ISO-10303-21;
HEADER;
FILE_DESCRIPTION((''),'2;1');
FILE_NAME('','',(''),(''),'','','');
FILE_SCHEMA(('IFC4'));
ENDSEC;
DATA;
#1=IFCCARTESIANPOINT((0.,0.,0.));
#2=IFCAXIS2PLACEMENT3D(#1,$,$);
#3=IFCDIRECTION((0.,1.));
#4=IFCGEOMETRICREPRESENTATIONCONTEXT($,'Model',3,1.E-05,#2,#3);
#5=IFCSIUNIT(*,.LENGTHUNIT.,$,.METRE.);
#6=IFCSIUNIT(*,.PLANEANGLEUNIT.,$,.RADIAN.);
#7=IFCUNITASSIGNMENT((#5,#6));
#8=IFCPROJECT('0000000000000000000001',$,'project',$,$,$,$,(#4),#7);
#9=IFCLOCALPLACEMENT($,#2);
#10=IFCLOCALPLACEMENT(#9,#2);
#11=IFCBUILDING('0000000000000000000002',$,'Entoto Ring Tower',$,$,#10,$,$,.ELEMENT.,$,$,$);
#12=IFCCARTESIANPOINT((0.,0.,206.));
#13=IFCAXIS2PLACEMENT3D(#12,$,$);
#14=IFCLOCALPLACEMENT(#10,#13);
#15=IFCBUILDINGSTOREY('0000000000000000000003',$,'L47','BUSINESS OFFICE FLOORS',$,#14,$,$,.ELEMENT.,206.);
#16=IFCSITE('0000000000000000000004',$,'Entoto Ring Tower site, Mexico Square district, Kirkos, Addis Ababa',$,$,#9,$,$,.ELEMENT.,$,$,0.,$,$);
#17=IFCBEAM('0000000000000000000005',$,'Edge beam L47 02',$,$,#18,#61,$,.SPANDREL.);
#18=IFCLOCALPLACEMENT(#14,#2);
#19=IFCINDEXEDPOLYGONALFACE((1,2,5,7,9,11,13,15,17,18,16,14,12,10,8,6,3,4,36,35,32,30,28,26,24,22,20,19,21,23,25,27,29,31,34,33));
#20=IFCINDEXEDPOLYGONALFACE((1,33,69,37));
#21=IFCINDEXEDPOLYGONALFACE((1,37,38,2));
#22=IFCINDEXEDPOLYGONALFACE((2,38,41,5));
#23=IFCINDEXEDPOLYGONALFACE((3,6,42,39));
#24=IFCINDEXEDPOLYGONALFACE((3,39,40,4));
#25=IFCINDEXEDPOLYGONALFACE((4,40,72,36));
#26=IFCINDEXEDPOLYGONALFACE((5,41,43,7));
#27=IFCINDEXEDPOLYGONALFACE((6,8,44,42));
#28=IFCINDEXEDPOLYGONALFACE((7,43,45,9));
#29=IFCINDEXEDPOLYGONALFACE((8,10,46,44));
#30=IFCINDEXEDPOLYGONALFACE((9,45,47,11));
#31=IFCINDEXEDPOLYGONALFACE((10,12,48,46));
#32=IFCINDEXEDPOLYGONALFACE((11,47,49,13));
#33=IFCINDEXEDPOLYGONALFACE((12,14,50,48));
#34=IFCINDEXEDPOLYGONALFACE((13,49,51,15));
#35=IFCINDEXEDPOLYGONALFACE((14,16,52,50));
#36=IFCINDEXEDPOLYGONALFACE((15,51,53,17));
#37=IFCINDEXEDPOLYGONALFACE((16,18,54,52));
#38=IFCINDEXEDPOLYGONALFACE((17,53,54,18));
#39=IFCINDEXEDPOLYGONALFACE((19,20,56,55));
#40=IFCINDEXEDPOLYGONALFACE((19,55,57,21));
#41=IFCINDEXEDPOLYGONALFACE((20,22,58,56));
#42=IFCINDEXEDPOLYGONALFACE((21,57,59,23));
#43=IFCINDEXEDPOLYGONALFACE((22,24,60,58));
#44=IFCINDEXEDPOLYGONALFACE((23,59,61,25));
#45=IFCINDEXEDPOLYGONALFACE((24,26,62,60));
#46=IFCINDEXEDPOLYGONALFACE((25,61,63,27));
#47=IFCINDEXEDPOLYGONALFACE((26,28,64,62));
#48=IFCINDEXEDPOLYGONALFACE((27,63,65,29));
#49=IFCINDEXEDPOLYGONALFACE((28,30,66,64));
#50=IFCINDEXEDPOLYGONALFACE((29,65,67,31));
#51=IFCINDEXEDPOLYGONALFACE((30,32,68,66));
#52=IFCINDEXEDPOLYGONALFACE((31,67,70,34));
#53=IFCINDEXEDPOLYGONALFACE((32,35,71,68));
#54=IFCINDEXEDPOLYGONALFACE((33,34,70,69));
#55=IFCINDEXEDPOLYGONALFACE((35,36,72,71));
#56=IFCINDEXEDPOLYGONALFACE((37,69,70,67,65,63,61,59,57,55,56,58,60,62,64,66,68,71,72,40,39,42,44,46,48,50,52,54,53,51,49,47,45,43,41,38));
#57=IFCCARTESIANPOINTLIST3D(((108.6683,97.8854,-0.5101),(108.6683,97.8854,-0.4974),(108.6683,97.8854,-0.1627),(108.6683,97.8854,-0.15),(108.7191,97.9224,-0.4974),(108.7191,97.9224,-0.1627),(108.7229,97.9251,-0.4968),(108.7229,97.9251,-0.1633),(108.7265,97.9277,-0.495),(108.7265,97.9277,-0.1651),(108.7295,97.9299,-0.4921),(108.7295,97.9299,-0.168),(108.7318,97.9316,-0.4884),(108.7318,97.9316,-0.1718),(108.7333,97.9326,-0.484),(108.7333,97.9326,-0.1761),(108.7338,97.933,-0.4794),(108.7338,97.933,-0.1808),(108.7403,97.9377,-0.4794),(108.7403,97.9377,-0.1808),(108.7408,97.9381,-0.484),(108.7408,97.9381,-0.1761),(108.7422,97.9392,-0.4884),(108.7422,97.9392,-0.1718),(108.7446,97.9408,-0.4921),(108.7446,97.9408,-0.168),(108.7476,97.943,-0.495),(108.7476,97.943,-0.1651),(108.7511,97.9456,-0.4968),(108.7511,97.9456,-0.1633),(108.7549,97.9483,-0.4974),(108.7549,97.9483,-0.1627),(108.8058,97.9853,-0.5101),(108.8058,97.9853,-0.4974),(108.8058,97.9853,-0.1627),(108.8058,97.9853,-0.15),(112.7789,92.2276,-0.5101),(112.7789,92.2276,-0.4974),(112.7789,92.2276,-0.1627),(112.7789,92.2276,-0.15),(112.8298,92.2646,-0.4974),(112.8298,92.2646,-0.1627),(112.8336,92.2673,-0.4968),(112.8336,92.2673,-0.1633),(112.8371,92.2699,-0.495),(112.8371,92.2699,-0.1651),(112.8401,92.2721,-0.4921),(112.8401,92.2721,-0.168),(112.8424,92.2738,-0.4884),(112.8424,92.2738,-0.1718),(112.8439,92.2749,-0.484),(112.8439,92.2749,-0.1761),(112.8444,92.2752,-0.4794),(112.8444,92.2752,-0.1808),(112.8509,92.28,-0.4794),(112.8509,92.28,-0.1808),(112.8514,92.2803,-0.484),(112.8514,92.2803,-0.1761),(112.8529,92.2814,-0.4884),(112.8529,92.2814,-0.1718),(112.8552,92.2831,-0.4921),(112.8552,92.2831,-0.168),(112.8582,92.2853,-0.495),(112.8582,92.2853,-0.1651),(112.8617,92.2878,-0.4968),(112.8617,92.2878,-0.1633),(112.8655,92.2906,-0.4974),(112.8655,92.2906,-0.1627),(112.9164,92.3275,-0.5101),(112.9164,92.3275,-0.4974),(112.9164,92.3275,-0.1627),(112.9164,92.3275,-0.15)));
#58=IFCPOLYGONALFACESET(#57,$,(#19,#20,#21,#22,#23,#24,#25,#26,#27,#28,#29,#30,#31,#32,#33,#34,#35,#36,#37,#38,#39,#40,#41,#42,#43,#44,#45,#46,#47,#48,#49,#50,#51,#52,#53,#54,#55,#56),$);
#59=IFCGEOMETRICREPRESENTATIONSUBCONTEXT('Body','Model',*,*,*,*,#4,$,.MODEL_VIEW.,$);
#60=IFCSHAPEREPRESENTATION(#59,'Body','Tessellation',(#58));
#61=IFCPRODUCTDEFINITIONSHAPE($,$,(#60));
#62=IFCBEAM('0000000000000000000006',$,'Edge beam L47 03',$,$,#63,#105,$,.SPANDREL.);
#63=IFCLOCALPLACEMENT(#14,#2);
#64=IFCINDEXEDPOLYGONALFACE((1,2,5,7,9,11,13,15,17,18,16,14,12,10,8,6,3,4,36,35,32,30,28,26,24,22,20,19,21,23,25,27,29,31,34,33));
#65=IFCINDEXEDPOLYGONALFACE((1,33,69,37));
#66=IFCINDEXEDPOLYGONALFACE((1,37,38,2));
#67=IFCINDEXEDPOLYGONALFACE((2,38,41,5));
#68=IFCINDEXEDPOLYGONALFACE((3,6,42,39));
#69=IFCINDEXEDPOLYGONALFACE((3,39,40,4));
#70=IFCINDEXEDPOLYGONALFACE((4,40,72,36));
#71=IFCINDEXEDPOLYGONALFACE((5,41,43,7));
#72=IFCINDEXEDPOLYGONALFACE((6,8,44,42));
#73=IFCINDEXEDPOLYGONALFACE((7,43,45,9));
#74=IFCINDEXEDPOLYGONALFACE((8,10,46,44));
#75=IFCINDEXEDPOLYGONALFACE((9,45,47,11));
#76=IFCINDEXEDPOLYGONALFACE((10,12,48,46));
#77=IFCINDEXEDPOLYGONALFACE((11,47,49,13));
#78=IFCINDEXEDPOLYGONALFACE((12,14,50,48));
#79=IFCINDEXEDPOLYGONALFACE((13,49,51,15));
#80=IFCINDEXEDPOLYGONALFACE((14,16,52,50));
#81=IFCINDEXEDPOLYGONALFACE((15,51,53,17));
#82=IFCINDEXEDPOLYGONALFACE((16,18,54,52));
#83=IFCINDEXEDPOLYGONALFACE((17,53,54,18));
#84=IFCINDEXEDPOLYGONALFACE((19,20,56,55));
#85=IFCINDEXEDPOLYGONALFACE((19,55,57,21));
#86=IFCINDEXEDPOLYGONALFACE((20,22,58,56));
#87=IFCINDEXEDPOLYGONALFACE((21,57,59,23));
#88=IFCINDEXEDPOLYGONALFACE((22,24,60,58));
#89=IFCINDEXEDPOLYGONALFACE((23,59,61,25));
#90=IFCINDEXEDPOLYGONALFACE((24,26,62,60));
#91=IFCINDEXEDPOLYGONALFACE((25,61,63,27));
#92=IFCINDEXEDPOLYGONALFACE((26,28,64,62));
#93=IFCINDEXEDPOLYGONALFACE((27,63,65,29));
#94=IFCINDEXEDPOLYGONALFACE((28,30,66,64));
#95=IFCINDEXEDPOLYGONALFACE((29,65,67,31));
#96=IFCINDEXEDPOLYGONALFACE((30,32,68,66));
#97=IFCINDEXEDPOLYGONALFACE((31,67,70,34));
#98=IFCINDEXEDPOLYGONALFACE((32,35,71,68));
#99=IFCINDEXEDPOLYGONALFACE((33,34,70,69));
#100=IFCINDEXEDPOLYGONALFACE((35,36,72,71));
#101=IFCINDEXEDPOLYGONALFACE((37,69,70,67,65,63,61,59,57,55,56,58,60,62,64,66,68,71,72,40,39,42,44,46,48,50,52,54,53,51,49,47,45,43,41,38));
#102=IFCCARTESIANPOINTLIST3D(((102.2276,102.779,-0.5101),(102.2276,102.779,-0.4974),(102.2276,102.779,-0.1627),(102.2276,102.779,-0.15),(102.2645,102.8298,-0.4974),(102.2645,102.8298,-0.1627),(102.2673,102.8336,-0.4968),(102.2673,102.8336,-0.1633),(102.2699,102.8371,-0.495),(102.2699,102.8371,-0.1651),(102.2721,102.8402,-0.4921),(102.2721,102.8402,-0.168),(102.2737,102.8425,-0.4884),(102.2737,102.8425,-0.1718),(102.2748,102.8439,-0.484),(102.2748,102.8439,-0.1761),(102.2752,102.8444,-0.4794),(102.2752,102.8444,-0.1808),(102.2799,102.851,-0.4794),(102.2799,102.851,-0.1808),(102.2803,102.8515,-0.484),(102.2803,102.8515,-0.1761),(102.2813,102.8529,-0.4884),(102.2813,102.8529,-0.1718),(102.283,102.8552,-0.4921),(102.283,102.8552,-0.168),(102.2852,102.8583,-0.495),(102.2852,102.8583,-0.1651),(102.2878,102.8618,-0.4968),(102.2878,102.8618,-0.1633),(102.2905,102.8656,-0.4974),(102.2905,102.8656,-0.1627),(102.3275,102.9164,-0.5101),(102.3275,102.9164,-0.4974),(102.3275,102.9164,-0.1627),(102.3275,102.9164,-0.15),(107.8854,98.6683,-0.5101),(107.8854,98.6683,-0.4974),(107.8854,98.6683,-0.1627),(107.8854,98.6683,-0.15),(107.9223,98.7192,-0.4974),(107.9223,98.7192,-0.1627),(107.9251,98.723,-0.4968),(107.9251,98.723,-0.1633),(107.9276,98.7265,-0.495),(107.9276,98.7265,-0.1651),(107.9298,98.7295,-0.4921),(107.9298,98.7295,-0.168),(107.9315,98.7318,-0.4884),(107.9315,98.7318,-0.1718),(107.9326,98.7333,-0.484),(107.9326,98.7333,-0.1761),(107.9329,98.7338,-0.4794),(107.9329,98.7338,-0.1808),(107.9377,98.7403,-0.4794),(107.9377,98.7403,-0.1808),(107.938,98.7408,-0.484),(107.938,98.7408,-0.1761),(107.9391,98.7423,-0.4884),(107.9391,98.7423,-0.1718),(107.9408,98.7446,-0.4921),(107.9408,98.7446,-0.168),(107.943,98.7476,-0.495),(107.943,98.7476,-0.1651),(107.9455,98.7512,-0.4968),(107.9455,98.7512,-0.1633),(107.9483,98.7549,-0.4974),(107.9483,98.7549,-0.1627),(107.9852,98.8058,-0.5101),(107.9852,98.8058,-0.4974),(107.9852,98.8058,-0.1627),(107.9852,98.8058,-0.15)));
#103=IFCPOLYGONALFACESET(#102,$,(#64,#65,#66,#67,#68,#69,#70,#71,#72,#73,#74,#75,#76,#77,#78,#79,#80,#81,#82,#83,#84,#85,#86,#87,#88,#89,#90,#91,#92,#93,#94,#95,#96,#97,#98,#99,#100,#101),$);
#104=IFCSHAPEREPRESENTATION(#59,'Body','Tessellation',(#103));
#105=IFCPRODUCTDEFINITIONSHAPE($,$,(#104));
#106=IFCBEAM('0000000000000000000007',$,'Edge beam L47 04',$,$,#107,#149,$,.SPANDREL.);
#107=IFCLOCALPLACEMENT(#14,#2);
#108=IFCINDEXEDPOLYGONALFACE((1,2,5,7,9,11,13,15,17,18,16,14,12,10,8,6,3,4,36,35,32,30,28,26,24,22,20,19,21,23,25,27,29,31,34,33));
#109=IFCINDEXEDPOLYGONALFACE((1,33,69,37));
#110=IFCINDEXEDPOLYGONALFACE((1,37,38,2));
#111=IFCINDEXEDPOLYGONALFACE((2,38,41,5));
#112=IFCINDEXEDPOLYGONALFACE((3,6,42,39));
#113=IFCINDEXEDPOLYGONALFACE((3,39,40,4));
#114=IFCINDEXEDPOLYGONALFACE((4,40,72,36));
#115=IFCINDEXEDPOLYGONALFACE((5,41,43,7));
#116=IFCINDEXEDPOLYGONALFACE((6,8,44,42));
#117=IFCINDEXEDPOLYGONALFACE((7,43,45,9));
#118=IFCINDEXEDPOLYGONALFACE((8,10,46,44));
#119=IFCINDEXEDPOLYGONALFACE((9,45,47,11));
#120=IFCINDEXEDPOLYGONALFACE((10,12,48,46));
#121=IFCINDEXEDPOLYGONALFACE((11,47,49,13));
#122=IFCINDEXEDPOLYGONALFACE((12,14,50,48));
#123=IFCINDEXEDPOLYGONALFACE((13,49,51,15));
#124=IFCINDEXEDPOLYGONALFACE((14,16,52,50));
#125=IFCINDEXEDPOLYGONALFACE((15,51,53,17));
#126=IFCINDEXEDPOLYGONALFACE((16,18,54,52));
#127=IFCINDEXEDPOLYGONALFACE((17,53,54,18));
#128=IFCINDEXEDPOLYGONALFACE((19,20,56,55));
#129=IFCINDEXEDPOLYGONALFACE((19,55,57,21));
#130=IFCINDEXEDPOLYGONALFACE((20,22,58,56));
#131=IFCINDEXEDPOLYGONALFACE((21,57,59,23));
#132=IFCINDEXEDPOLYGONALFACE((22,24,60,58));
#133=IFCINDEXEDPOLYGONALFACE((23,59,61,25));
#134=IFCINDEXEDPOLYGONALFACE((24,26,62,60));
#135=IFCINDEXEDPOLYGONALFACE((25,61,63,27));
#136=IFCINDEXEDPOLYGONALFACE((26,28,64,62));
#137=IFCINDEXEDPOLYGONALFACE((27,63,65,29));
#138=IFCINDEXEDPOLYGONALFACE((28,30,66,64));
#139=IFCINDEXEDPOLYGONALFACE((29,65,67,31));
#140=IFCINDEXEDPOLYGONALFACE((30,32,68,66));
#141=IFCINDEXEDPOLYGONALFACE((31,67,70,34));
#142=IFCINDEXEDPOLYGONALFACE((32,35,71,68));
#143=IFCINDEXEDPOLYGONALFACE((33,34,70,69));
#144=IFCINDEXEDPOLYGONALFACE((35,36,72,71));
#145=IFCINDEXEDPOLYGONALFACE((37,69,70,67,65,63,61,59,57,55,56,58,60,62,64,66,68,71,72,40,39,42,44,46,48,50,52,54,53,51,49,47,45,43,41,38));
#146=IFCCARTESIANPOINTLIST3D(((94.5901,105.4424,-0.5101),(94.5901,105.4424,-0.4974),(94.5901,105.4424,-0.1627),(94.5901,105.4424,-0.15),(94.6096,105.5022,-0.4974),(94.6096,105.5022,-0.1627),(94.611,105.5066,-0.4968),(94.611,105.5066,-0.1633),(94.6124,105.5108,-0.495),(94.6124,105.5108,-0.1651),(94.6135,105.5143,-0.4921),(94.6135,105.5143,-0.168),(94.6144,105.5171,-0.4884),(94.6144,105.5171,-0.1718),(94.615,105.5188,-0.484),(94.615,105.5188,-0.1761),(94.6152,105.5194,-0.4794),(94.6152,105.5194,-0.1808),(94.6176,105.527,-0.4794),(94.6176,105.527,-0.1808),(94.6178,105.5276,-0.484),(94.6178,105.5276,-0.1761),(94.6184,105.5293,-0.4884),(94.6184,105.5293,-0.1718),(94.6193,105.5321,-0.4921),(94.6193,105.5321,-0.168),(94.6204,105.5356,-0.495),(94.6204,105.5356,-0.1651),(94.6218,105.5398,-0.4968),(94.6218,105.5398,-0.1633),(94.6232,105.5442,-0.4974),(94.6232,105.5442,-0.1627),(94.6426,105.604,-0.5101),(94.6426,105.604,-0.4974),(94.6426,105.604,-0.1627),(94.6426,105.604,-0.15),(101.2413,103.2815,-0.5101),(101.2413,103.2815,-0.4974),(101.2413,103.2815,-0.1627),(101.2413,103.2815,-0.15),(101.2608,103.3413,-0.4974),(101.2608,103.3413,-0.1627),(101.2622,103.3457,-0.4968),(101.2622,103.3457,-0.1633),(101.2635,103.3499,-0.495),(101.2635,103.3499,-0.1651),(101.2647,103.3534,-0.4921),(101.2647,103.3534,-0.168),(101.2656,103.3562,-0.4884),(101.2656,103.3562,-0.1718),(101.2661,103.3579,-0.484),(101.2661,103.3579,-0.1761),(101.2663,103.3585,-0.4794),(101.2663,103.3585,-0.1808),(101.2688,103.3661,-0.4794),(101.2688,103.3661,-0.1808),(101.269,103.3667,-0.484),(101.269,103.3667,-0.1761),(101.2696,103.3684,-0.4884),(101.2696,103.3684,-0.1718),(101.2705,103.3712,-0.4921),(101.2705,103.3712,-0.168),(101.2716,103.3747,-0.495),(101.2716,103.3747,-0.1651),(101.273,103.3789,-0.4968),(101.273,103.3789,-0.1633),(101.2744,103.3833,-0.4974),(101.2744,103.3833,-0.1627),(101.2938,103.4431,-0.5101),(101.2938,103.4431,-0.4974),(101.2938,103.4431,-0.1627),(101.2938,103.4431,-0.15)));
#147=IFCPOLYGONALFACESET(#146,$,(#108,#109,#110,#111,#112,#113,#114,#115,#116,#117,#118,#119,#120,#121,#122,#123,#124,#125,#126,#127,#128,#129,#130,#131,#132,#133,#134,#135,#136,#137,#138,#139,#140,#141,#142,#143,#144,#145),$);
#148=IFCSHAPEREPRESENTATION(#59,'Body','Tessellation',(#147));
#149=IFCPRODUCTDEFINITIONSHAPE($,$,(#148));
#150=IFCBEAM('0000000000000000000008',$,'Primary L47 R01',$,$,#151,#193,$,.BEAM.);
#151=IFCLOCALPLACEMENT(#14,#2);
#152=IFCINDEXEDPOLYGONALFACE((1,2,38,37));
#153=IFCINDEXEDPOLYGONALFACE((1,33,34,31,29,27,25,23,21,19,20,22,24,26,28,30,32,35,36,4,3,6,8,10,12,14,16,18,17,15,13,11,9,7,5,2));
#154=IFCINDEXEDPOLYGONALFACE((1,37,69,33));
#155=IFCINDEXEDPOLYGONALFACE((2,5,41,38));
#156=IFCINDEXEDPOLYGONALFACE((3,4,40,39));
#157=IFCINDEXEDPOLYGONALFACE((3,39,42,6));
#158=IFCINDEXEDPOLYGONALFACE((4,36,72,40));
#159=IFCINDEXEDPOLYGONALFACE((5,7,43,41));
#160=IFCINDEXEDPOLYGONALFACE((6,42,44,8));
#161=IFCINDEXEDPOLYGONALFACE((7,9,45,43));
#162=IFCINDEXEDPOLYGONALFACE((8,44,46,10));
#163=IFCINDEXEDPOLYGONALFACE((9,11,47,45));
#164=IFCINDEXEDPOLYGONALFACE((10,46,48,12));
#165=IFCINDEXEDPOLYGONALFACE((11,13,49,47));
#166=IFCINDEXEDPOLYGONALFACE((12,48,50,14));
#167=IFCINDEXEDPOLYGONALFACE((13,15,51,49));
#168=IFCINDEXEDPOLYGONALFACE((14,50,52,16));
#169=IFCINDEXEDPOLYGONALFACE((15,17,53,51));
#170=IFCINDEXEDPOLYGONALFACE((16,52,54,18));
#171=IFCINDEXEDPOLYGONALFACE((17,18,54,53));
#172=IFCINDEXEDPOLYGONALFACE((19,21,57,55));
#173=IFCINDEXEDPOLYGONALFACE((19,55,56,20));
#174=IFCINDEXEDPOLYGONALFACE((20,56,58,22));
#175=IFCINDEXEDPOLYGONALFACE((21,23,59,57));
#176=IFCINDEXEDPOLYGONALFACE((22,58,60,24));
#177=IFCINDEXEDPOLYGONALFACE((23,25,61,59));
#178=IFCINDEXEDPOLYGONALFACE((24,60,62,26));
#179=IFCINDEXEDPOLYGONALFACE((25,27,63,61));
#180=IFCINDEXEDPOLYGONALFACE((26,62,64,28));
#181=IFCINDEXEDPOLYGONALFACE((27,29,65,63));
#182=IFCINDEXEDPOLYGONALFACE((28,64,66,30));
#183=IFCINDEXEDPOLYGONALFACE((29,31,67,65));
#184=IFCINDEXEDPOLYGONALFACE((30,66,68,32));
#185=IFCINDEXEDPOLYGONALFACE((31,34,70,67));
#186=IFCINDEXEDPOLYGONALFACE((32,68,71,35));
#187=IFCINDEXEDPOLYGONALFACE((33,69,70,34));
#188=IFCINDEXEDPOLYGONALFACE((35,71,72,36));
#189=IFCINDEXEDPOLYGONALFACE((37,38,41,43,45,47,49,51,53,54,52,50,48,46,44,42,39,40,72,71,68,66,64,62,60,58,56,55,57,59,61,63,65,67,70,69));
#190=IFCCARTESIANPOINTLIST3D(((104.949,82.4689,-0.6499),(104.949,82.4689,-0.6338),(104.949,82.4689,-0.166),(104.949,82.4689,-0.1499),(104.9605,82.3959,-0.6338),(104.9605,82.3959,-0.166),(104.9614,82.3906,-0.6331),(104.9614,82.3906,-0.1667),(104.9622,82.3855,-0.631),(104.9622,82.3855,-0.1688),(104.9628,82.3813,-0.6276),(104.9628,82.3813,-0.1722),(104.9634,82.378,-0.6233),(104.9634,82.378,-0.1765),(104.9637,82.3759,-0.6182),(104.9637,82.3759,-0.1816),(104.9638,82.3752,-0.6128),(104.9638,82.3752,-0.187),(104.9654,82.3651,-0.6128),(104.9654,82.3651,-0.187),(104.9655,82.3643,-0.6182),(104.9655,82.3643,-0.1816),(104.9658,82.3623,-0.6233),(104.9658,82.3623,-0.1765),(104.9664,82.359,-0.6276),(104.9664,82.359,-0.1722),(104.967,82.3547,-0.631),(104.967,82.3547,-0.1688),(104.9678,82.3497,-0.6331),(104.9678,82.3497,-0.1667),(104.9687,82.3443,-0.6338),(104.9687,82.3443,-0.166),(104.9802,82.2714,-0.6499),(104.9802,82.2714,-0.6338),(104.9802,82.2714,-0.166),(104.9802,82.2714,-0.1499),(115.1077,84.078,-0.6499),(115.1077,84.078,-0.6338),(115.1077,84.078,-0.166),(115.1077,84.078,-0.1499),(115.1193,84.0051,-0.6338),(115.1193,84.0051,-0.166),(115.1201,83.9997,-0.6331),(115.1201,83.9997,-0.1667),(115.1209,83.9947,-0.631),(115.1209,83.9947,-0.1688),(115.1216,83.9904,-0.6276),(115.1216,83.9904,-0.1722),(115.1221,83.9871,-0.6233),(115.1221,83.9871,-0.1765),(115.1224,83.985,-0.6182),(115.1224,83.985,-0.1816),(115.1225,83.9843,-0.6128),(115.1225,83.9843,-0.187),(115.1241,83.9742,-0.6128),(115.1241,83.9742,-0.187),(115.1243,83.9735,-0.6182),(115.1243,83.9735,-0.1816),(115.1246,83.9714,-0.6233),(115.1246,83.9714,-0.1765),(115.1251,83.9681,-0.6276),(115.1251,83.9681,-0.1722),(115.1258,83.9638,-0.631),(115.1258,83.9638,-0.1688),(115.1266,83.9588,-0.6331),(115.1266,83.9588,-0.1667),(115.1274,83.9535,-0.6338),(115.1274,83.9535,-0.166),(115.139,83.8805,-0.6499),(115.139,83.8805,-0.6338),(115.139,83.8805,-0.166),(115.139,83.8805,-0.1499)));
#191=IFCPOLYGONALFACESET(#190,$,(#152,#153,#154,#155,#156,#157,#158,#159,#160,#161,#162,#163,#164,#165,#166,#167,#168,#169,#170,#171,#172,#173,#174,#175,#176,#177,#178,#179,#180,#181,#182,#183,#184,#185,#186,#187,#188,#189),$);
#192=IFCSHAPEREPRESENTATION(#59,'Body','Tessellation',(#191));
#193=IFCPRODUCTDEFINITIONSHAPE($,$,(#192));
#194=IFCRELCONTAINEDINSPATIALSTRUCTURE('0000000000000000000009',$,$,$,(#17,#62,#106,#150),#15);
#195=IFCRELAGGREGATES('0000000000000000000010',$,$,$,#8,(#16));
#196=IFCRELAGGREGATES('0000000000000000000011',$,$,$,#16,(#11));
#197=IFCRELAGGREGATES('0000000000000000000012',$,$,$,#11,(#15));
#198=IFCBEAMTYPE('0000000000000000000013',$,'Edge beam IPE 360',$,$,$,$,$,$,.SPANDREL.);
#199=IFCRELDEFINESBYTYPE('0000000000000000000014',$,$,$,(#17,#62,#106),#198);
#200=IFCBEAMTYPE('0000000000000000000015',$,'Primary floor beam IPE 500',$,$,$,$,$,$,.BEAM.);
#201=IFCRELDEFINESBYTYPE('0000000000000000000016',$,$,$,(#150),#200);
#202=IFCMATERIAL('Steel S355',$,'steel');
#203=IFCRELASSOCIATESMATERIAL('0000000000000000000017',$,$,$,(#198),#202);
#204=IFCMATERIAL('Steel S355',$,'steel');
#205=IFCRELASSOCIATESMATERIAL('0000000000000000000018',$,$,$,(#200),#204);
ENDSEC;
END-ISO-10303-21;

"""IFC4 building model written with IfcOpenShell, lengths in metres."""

from ifc_helpers import new_model, si_unit, direction, frame, origin, origin_2d, place, context, subcontext, project, spatial, i_section, extrude, material, material_profile, profile_set, type_object, element, save


model = new_model("IFC4")

# Units and contexts
model_context = context("Model", 3, precision=1e-05, world=origin(), true_north=direction((0.0, 1.0)))
body_context = subcontext(model_context, "Body", "Model", "MODEL_VIEW")
ifc_project = project(units=[si_unit("LENGTHUNIT", "METRE"), si_unit("PLANEANGLEUNIT", "RADIAN")], contexts=[model_context])

# Site, building, storey
site_placement = place(None, origin())
site = spatial("IfcSite", under=ifc_project, at=site_placement, Name="Entoto Ring Tower site, Mexico Square district, Kirkos, Addis Ababa", CompositionType="ELEMENT", RefElevation=0.0)
building_placement = place(site_placement, origin())
building = spatial("IfcBuilding", under=site, at=building_placement, Name="Entoto Ring Tower", CompositionType="ELEMENT")
storey_placement = place(building_placement, frame((0.0, 0.0, 206.0)))
storey = spatial("IfcBuildingStorey", under=building, at=storey_placement, Name="L47", Description="BUSINESS OFFICE FLOORS", CompositionType="ELEMENT", Elevation=206.0)

# Beams
ifc_material_1 = material(Name="Steel S355", Category="steel")
ifc_material_profile_1 = material_profile(ifc_material_1, i_section(OverallWidth=0.1699, OverallDepth=0.3601, WebThickness=0.0081, FlangeThickness=0.0127, FilletRadius=0.0181, at=origin_2d()), Name="IPE 360")
ifc_profile_set_1 = profile_set([ifc_material_profile_1], Name="Steel S355")
beam_type_1 = type_object("IfcBeamType", Name="Edge beam IPE 360", PredefinedType="SPANDREL", material=ifc_profile_set_1)
for number, where, z_axis, x_axis, name in (
    (1, (112.8477, 92.2776, -0.3301), (-0.587788, 0.809015, 0.0), (-0.809015, -0.587788, 0.0), "Edge beam L47 02"),
    (2, (107.9353, 98.7371, -0.3301), (-0.809015, 0.587788, 0.0), (-0.587788, -0.809015, 0.0), "Edge beam L47 03"),
    (3, (101.2676, 103.3623, -0.3301), (-0.951065, 0.308992, 0.0), (-0.308992, -0.951065, 0.0), "Edge beam L47 04"),
):
    element("IfcBeam", number, at=place(storey_placement, frame(where, z_axis=z_axis, x_axis=x_axis)), inside=storey, type_object=beam_type_1, Name=name, PredefinedType="SPANDREL", context=body_context, shape_type="SweptSolid", body=[
        extrude(i_section(OverallWidth=0.1699, OverallDepth=0.3601, WebThickness=0.0081, FlangeThickness=0.0127, FilletRadius=0.0181, at=origin_2d()), origin(), (0.0, 0.0, 1.0), 6.9934),
    ])
ifc_material_2 = material(Name="Steel S355", Category="steel")
ifc_material_profile_2 = material_profile(ifc_material_2, i_section(OverallWidth=0.2, OverallDepth=0.5, WebThickness=0.0103, FlangeThickness=0.0161, FilletRadius=0.021, at=origin_2d()), Name="IPE 500")
ifc_profile_set_2 = profile_set([ifc_material_profile_2], Name="Steel S355")
beam_type_2 = type_object("IfcBeamType", Name="Primary floor beam IPE 500", PredefinedType="BEAM", material=ifc_profile_set_2)
beam_1_placement = place(storey_placement, frame((104.9646, 82.3701, -0.3999), z_axis=(0.987686, 0.156449, 0.0), x_axis=(-0.156449, 0.987686, 0.0)))
element("IfcBeam", 4, at=beam_1_placement, inside=storey, type_object=beam_type_2, Name="Primary L47 R01", PredefinedType="BEAM", context=body_context, shape_type="SweptSolid", body=[
    extrude(i_section(OverallWidth=0.2, OverallDepth=0.5, WebThickness=0.0103, FlangeThickness=0.0161, FilletRadius=0.021, at=origin_2d()), origin(), (0.0, 0.0, 1.0), 10.2854),
])

save(model, "model.ifc")
